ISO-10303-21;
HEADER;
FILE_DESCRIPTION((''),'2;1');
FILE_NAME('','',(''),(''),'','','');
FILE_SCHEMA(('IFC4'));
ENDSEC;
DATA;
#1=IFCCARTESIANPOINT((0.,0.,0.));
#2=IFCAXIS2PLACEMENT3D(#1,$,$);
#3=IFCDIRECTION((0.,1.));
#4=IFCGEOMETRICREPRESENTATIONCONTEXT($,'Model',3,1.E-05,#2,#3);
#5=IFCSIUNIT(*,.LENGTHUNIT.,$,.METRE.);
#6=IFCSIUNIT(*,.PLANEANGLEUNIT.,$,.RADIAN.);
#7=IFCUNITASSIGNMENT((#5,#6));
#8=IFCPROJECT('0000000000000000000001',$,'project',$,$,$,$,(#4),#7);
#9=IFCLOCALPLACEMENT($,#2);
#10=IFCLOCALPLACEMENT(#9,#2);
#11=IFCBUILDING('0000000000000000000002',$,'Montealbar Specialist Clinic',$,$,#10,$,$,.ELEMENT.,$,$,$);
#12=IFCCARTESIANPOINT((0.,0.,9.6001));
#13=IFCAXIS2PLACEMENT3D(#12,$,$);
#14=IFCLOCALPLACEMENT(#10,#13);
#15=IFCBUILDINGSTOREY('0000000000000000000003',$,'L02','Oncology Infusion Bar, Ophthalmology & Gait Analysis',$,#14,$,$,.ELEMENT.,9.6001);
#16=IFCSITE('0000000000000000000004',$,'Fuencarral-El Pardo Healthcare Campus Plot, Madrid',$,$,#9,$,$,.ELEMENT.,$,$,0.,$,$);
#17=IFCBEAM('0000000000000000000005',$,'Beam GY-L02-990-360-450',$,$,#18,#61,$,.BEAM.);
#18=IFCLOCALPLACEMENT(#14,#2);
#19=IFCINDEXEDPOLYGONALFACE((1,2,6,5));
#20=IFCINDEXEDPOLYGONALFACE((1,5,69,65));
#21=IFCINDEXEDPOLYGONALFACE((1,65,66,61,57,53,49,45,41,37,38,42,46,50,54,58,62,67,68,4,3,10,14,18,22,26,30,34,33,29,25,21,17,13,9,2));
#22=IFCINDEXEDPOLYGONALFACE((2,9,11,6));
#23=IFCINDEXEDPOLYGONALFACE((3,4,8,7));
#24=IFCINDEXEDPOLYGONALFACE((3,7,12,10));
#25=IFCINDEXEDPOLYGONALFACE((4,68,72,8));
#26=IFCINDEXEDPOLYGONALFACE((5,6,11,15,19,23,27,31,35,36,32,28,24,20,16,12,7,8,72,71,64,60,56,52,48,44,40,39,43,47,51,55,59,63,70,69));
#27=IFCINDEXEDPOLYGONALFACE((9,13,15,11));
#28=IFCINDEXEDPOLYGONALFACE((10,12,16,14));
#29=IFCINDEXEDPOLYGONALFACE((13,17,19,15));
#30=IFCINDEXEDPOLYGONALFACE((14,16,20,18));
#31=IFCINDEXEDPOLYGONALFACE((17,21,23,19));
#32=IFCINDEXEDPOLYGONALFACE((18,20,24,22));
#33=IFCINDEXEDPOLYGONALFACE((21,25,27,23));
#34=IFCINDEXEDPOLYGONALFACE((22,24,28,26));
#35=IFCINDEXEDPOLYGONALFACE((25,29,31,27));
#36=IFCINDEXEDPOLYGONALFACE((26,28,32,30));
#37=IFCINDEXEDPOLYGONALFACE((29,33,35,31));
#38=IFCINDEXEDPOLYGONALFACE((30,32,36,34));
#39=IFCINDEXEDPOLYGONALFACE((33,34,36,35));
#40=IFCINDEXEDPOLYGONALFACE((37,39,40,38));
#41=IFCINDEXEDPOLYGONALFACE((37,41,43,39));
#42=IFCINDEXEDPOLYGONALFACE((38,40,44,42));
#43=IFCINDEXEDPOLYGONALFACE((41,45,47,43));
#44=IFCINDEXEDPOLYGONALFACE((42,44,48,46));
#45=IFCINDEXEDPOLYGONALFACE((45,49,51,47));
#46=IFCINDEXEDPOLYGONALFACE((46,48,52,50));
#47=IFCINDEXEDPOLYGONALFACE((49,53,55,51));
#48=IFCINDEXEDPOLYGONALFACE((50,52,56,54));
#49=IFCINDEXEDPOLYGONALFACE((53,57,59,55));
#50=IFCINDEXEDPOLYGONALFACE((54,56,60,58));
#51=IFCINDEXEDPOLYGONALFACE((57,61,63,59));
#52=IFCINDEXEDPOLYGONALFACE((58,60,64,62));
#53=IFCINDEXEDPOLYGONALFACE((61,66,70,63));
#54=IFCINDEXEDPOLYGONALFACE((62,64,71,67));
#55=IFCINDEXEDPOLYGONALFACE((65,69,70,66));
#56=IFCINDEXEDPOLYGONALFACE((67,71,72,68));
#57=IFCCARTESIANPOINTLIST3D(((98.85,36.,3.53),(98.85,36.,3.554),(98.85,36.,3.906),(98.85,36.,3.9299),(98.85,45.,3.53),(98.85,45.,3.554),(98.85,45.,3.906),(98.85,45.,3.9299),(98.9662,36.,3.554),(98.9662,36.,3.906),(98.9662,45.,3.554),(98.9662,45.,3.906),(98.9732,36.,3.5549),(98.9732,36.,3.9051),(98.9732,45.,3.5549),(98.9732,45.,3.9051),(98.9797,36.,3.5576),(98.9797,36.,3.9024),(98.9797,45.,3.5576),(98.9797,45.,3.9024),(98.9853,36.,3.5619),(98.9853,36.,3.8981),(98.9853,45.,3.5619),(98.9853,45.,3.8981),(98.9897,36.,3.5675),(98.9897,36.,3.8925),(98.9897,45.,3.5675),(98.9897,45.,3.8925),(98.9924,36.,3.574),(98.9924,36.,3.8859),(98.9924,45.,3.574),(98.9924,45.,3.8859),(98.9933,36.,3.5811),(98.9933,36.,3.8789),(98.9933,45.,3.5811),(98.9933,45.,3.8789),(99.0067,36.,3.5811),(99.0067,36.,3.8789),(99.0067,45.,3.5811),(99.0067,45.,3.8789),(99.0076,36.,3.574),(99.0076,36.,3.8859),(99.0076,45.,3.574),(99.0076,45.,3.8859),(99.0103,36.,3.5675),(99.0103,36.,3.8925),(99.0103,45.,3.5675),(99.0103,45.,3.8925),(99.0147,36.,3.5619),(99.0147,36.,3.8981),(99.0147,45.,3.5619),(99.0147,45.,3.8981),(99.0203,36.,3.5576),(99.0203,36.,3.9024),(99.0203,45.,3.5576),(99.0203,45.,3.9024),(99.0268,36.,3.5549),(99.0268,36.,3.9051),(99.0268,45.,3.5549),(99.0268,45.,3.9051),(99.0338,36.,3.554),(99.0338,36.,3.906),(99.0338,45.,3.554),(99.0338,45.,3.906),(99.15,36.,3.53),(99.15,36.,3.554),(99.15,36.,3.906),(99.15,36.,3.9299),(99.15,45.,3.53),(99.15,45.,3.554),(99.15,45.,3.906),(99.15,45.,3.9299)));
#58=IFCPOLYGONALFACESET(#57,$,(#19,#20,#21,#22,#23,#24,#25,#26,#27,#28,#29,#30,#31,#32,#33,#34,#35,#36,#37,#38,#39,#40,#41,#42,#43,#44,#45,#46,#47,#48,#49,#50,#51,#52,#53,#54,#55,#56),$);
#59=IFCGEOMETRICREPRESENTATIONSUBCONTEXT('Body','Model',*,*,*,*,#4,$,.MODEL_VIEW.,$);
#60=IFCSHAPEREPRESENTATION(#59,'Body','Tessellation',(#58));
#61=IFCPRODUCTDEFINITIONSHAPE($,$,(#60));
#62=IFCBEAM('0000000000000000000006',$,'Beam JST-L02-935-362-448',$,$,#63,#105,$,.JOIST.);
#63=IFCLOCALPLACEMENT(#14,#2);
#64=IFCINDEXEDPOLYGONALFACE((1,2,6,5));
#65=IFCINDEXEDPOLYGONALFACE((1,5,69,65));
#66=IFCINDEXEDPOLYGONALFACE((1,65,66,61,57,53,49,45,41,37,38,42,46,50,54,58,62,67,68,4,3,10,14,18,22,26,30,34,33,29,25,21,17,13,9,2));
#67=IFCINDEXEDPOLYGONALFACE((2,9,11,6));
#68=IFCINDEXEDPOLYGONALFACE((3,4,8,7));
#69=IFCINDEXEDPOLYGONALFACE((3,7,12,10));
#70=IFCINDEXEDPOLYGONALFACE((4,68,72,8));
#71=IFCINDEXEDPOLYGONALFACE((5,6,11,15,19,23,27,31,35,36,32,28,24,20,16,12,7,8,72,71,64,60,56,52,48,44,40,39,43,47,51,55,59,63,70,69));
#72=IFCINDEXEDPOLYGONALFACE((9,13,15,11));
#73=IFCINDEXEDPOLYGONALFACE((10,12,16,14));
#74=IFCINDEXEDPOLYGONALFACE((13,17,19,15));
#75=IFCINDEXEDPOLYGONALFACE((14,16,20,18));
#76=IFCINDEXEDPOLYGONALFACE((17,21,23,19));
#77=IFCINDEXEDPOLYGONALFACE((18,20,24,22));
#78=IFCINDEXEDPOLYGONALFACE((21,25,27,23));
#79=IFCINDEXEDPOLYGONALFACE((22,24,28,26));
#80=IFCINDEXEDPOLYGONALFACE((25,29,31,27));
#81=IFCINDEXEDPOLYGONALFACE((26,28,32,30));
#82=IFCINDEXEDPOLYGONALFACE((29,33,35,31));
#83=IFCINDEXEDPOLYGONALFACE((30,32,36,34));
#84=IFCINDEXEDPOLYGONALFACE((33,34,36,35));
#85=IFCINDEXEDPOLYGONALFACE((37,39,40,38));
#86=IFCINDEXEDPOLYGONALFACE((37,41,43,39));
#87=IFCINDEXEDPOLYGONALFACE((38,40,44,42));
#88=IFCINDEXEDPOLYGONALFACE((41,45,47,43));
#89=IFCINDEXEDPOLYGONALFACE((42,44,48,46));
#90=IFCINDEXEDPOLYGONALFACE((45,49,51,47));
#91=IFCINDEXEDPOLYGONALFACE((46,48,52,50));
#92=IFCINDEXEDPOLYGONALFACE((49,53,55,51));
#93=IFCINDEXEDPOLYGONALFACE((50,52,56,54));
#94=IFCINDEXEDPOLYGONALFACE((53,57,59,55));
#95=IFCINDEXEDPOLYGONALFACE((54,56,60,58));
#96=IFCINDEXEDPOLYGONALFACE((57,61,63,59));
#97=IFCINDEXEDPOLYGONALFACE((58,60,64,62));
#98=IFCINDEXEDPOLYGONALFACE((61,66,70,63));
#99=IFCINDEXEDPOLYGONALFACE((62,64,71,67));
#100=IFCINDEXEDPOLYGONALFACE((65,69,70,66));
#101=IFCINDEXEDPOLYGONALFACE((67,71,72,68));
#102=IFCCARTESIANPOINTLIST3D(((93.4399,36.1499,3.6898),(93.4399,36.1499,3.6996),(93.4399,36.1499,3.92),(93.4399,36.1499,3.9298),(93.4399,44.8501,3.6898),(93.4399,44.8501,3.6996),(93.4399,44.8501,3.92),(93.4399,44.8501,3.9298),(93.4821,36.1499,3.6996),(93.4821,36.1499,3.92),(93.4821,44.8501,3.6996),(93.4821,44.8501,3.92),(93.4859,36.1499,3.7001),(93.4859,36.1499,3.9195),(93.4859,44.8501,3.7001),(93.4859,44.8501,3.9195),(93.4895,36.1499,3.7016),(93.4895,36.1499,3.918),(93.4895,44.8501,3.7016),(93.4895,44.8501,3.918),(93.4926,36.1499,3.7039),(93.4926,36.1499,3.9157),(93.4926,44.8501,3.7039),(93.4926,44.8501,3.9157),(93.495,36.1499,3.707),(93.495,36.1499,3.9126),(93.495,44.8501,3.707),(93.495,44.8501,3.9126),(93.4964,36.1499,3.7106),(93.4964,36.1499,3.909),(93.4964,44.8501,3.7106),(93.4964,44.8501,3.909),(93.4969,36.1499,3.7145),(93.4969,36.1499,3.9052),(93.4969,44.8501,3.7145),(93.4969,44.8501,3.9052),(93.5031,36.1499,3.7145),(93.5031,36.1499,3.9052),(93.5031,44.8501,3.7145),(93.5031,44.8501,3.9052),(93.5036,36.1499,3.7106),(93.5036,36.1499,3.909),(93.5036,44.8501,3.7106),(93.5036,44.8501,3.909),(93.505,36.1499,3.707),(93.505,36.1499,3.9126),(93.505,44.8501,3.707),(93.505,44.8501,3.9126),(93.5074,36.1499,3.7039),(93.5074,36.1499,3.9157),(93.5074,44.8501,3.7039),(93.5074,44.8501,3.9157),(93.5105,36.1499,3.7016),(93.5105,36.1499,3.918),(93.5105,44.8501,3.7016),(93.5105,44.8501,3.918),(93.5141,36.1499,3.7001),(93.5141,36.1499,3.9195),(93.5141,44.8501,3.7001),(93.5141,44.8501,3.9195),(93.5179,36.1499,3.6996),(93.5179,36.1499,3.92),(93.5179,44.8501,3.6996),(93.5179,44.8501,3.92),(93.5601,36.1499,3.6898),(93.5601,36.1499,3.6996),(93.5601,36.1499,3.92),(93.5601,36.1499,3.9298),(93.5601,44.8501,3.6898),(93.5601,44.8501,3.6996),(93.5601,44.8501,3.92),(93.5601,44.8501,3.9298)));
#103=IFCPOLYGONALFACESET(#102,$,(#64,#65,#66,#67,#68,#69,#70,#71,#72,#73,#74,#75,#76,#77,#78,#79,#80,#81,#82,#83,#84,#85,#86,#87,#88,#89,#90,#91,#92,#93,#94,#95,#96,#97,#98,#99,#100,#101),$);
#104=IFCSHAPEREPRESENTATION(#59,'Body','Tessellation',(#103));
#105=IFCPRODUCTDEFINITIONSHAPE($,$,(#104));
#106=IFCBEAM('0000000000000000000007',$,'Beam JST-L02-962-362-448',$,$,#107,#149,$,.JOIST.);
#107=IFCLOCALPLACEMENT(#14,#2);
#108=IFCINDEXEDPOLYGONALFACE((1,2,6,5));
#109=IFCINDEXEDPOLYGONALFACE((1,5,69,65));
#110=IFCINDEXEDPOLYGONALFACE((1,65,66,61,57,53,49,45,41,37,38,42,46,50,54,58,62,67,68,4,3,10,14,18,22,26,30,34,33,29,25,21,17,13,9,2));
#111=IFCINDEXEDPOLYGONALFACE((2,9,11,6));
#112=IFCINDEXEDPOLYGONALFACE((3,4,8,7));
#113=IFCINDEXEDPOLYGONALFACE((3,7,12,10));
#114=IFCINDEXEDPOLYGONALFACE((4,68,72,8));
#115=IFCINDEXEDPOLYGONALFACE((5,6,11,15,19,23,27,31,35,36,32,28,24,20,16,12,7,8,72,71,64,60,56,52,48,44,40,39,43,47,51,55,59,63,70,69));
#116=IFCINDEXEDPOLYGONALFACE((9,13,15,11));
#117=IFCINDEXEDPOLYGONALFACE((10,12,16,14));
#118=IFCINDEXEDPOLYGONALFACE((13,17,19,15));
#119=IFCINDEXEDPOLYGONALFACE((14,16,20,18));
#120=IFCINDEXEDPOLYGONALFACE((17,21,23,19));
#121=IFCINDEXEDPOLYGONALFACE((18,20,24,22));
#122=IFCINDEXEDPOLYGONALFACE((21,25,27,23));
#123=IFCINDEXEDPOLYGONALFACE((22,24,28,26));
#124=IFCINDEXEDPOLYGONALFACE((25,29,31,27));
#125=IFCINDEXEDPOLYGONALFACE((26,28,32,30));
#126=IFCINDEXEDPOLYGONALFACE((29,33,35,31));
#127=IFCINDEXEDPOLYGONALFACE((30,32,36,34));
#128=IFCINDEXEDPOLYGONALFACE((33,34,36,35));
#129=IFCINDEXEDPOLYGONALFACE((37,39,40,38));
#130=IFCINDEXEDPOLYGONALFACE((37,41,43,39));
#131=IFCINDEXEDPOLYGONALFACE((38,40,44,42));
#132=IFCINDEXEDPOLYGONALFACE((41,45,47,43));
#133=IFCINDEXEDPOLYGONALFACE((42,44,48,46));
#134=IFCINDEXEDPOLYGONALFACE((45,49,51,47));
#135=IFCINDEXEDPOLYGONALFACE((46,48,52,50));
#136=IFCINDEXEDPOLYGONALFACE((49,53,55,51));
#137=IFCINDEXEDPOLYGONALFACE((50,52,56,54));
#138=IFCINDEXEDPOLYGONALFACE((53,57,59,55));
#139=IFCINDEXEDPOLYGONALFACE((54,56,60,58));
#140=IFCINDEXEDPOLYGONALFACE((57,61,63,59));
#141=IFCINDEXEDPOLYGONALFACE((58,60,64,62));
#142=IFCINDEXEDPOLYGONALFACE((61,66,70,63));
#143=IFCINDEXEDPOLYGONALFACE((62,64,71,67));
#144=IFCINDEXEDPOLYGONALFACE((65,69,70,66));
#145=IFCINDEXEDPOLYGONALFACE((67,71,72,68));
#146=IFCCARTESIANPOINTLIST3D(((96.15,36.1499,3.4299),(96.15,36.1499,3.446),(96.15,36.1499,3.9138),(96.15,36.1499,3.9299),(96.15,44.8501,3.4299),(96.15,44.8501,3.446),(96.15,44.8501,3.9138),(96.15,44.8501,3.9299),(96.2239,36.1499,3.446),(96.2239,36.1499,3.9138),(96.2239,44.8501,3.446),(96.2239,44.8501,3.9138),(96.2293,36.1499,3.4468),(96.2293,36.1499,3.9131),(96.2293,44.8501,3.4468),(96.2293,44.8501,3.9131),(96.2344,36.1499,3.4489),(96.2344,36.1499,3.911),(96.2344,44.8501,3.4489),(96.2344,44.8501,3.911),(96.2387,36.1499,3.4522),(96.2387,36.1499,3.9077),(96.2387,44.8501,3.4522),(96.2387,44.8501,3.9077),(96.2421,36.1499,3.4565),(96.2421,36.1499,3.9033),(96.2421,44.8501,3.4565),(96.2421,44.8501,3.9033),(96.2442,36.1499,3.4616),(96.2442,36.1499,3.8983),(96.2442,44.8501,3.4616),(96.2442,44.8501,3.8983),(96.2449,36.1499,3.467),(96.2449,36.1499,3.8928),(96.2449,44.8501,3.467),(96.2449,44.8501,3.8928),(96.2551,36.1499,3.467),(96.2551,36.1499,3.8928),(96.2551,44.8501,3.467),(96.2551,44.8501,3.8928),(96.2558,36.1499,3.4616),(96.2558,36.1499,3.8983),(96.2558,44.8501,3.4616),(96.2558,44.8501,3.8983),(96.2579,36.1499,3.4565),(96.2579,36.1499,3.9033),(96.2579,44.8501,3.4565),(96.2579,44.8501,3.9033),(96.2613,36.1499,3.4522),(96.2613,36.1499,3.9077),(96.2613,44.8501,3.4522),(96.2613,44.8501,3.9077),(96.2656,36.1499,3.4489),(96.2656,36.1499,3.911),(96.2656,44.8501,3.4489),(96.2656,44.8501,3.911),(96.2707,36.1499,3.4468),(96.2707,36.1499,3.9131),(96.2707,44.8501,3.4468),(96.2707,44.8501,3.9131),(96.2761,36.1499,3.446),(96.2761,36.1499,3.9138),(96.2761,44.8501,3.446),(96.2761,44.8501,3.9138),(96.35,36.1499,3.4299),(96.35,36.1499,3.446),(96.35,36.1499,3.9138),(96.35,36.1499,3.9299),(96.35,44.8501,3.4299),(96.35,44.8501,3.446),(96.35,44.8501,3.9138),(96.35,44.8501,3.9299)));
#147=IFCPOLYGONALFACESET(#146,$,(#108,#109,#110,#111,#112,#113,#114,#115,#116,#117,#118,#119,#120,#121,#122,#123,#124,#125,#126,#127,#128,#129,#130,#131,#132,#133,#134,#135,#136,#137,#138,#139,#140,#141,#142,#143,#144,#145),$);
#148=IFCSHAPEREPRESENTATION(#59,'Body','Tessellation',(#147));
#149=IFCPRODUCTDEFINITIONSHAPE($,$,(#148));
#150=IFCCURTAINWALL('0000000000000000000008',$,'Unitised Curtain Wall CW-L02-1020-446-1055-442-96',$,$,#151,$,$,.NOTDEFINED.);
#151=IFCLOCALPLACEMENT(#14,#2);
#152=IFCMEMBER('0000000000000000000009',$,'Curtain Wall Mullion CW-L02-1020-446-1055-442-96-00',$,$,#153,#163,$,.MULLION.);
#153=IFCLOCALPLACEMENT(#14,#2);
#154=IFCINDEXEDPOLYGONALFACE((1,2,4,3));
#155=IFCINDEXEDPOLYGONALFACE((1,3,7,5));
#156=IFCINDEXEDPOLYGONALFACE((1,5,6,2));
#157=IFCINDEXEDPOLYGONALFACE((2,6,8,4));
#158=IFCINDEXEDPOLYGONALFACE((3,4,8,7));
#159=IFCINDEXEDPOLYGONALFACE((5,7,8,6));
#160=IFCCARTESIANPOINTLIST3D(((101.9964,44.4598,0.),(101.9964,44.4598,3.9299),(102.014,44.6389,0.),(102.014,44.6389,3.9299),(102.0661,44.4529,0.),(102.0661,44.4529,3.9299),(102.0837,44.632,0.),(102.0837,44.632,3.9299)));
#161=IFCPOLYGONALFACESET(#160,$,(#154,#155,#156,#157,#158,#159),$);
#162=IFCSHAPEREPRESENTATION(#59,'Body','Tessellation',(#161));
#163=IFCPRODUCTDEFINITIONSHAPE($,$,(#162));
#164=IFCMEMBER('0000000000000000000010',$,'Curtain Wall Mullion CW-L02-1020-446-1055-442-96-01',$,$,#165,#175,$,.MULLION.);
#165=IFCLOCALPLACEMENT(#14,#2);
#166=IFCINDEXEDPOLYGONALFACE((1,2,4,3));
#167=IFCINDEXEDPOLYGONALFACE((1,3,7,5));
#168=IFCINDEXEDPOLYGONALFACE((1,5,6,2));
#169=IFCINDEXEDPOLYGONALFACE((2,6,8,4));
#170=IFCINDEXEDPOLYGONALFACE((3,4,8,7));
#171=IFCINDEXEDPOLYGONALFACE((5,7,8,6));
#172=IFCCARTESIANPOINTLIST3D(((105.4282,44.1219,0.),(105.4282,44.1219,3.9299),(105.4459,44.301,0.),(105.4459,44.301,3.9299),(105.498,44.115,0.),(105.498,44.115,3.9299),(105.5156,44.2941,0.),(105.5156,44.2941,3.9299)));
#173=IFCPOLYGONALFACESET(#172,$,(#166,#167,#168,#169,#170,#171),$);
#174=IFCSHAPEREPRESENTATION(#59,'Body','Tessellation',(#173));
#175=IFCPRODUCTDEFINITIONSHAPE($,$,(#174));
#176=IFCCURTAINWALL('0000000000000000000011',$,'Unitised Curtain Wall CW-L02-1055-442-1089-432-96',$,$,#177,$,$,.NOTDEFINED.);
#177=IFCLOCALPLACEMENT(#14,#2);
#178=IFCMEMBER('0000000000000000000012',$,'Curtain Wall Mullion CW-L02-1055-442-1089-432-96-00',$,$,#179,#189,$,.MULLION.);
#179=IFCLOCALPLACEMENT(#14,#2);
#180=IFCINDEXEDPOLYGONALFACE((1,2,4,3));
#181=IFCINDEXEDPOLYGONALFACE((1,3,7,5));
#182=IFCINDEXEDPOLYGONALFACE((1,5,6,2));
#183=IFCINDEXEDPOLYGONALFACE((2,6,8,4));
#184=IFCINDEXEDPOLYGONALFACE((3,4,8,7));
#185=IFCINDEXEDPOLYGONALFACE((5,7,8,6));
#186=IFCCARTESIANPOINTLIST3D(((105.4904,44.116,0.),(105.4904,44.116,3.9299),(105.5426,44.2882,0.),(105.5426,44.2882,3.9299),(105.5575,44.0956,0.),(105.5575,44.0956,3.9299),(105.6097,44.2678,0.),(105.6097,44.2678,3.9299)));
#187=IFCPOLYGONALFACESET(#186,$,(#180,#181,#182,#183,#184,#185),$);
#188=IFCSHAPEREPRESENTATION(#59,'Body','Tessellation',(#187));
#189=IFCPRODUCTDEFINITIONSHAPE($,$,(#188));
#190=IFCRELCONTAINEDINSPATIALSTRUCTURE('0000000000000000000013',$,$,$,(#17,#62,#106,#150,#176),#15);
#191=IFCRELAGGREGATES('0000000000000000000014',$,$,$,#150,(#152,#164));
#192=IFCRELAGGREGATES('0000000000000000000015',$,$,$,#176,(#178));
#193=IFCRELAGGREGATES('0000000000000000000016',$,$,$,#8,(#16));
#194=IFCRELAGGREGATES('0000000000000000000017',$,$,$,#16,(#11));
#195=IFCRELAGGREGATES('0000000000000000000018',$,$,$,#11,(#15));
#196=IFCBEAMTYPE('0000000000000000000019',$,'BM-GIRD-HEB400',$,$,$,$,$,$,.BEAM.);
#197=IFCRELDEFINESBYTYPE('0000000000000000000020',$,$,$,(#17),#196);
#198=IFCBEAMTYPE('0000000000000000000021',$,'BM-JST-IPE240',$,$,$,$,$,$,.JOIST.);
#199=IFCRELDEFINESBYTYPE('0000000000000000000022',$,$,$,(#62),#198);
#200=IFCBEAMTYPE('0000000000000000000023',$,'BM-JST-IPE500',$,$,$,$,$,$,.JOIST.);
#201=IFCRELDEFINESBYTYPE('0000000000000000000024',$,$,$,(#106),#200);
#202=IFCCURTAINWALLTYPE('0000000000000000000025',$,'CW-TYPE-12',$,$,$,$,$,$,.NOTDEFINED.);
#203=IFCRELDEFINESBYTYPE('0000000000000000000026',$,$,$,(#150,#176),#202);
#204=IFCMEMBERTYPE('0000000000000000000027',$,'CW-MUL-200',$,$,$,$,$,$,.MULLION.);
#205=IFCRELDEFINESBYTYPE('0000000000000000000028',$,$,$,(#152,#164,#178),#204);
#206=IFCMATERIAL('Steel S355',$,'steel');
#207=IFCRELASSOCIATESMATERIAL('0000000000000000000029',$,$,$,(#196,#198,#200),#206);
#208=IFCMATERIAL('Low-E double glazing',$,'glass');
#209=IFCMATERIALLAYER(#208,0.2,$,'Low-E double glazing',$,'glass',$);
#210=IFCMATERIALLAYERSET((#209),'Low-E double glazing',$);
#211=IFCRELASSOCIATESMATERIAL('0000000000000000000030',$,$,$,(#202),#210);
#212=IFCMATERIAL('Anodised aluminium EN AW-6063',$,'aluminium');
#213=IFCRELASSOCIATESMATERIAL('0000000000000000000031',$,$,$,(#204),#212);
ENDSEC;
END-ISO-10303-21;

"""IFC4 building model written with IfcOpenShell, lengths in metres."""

from ifc_helpers import new_model, si_unit, direction, frame, origin, origin_2d, place, context, subcontext, project, spatial, rectangle, i_section, extrude, material, layer, layer_set, material_profile, profile_set, type_object, element, aggregate, save


model = new_model("IFC4")

# Units and contexts
model_context = context("Model", 3, precision=1e-05, world=origin(), true_north=direction((0.0, 1.0)))
body_context = subcontext(model_context, "Body", "Model", "MODEL_VIEW")
ifc_project = project(units=[si_unit("LENGTHUNIT", "METRE"), si_unit("PLANEANGLEUNIT", "RADIAN")], contexts=[model_context])

# Site, building, storey
site_placement = place(None, origin())
site = spatial("IfcSite", under=ifc_project, at=site_placement, Name="Fuencarral-El Pardo Healthcare Campus Plot, Madrid", CompositionType="ELEMENT", RefElevation=0.0)
building_placement = place(site_placement, origin())
building = spatial("IfcBuilding", under=site, at=building_placement, Name="Montealbar Specialist Clinic", CompositionType="ELEMENT")
storey_placement = place(building_placement, frame((0.0, 0.0, 9.6001)))
storey = spatial("IfcBuildingStorey", under=building, at=storey_placement, Name="L02", Description="Oncology Infusion Bar, Ophthalmology & Gait Analysis", CompositionType="ELEMENT", Elevation=9.6001)

# Shared definitions
ifc_material_1 = material(Name="Steel S355", Category="steel")

# Beams
ifc_material_profile_1 = material_profile(ifc_material_1, i_section(OverallWidth=0.3, OverallDepth=0.3999, WebThickness=0.0134, FlangeThickness=0.0239, FilletRadius=0.0271, at=origin_2d()), Name="HEB 400", Category="steel")
ifc_profile_set_1 = profile_set([ifc_material_profile_1], Name="Steel S355")
beam_type_1 = type_object("IfcBeamType", Name="BM-GIRD-HEB400", PredefinedType="BEAM", material=ifc_profile_set_1)
beam_1_placement = place(storey_placement, frame((99.0, 36.0, 3.73), z_axis=(0.0, 1.0, 0.0), x_axis=(-1.0, 0.0, 0.0)))
element("IfcBeam", 1, at=beam_1_placement, inside=storey, type_object=beam_type_1, Name="Beam GY-L02-990-360-450", PredefinedType="BEAM", context=body_context, shape_type="SweptSolid", body=[
    extrude(i_section(OverallWidth=0.3, OverallDepth=0.3999, WebThickness=0.0134, FlangeThickness=0.0239, FilletRadius=0.0271, at=origin_2d()), origin(), (0.0, 0.0, 1.0), 9.0),
])
ifc_material_profile_2 = material_profile(ifc_material_1, i_section(OverallWidth=0.1201, OverallDepth=0.24, WebThickness=0.0061, FlangeThickness=0.0098, FilletRadius=0.0149, at=origin_2d()), Name="IPE 240", Category="steel")
ifc_profile_set_2 = profile_set([ifc_material_profile_2], Name="Steel S355")
beam_type_2 = type_object("IfcBeamType", Name="BM-JST-IPE240", PredefinedType="JOIST", material=ifc_profile_set_2)
beam_2_placement = place(storey_placement, frame((93.5, 36.1499, 3.8098), z_axis=(0.0, 1.0, 0.0), x_axis=(-1.0, 0.0, 0.0)))
element("IfcBeam", 2, at=beam_2_placement, inside=storey, type_object=beam_type_2, Name="Beam JST-L02-935-362-448", PredefinedType="JOIST", context=body_context, shape_type="SweptSolid", body=[
    extrude(i_section(OverallWidth=0.1201, OverallDepth=0.24, WebThickness=0.0061, FlangeThickness=0.0098, FilletRadius=0.0149, at=origin_2d()), origin(), (0.0, 0.0, 1.0), 8.7002),
])
ifc_material_profile_3 = material_profile(ifc_material_1, i_section(OverallWidth=0.2, OverallDepth=0.5, WebThickness=0.0103, FlangeThickness=0.0161, FilletRadius=0.021, at=origin_2d()), Name="IPE 500", Category="steel")
ifc_profile_set_3 = profile_set([ifc_material_profile_3], Name="Steel S355")
beam_type_3 = type_object("IfcBeamType", Name="BM-JST-IPE500", PredefinedType="JOIST", material=ifc_profile_set_3)
beam_3_placement = place(storey_placement, frame((96.25, 36.1499, 3.6799), z_axis=(0.0, 1.0, 0.0), x_axis=(-1.0, 0.0, 0.0)))
element("IfcBeam", 3, at=beam_3_placement, inside=storey, type_object=beam_type_3, Name="Beam JST-L02-962-362-448", PredefinedType="JOIST", context=body_context, shape_type="SweptSolid", body=[
    extrude(i_section(OverallWidth=0.2, OverallDepth=0.5, WebThickness=0.0103, FlangeThickness=0.0161, FilletRadius=0.021, at=origin_2d()), origin(), (0.0, 0.0, 1.0), 8.7002),
])

# Curtain wall, members
ifc_material_2 = material(Name="Low-E double glazing", Category="glass")
ifc_layer_1 = layer(ifc_material_2, 0.2, Name="Low-E double glazing", Category="glass")
ifc_layer_set_1 = layer_set([ifc_layer_1], Name="Low-E double glazing")
curtain_wall_type = type_object("IfcCurtainWallType", Name="CW-TYPE-12", PredefinedType="NOTDEFINED", material=ifc_layer_set_1)
curtain_wall_1_placement = place(storey_placement, origin())
curtain_wall_1 = element("IfcCurtainWall", 4, at=curtain_wall_1_placement, inside=storey, type_object=curtain_wall_type, Name="Unitised Curtain Wall CW-L02-1020-446-1055-442-96", PredefinedType="NOTDEFINED")
ifc_material_3 = material(Name="Anodised aluminium EN AW-6063", Category="aluminium")
ifc_material_profile_4 = material_profile(ifc_material_3, rectangle(XDim=0.0701, YDim=0.1799, at=origin_2d()), Name="ALU 70x180", Category="aluminium")
ifc_profile_set_4 = profile_set([ifc_material_profile_4], Name="Anodised aluminium EN AW-6063")
member_type_1 = type_object("IfcMemberType", Name="CW-MUL-200", PredefinedType="MULLION", material=ifc_profile_set_4)
member_1_placement = place(storey_placement, frame((102.04, 44.5459, 0.0), z_axis=(0.0, 0.0, 1.0), x_axis=(0.995182, -0.098045, 0.0)))
member_1 = element("IfcMember", 5, at=member_1_placement, type_object=member_type_1, Name="Curtain Wall Mullion CW-L02-1020-446-1055-442-96-00", PredefinedType="MULLION", context=body_context, shape_type="SweptSolid", body=[
    extrude(rectangle(XDim=0.0701, YDim=0.1799, at=origin_2d()), origin(), (0.0, 0.0, 1.0), 3.9299),
])
member_2_placement = place(storey_placement, frame((105.4719, 44.208, 0.0), z_axis=(0.0, 0.0, 1.0), x_axis=(0.995182, -0.098045, 0.0)))
member_2 = element("IfcMember", 6, at=member_2_placement, type_object=member_type_1, Name="Curtain Wall Mullion CW-L02-1020-446-1055-442-96-01", PredefinedType="MULLION", context=body_context, shape_type="SweptSolid", body=[
    extrude(rectangle(XDim=0.0701, YDim=0.1799, at=origin_2d()), origin(), (0.0, 0.0, 1.0), 3.9299),
])

# Curtain wall, member
curtain_wall_2_placement = place(storey_placement, origin())
curtain_wall_2 = element("IfcCurtainWall", 7, at=curtain_wall_2_placement, inside=storey, type_object=curtain_wall_type, Name="Unitised Curtain Wall CW-L02-1055-442-1089-432-96", PredefinedType="NOTDEFINED")
member_3_placement = place(storey_placement, frame((105.55, 44.1919, 0.0), z_axis=(0.0, 0.0, 1.0), x_axis=(0.956948, -0.290259, 0.0)))
member_3 = element("IfcMember", 8, at=member_3_placement, type_object=member_type_1, Name="Curtain Wall Mullion CW-L02-1055-442-1089-432-96-00", PredefinedType="MULLION", context=body_context, shape_type="SweptSolid", body=[
    extrude(rectangle(XDim=0.0701, YDim=0.1799, at=origin_2d()), origin(), (0.0, 0.0, 1.0), 3.9299),
])

aggregate(curtain_wall_1, [member_1, member_2])
aggregate(curtain_wall_2, [member_3])

save(model, "model.ifc")
